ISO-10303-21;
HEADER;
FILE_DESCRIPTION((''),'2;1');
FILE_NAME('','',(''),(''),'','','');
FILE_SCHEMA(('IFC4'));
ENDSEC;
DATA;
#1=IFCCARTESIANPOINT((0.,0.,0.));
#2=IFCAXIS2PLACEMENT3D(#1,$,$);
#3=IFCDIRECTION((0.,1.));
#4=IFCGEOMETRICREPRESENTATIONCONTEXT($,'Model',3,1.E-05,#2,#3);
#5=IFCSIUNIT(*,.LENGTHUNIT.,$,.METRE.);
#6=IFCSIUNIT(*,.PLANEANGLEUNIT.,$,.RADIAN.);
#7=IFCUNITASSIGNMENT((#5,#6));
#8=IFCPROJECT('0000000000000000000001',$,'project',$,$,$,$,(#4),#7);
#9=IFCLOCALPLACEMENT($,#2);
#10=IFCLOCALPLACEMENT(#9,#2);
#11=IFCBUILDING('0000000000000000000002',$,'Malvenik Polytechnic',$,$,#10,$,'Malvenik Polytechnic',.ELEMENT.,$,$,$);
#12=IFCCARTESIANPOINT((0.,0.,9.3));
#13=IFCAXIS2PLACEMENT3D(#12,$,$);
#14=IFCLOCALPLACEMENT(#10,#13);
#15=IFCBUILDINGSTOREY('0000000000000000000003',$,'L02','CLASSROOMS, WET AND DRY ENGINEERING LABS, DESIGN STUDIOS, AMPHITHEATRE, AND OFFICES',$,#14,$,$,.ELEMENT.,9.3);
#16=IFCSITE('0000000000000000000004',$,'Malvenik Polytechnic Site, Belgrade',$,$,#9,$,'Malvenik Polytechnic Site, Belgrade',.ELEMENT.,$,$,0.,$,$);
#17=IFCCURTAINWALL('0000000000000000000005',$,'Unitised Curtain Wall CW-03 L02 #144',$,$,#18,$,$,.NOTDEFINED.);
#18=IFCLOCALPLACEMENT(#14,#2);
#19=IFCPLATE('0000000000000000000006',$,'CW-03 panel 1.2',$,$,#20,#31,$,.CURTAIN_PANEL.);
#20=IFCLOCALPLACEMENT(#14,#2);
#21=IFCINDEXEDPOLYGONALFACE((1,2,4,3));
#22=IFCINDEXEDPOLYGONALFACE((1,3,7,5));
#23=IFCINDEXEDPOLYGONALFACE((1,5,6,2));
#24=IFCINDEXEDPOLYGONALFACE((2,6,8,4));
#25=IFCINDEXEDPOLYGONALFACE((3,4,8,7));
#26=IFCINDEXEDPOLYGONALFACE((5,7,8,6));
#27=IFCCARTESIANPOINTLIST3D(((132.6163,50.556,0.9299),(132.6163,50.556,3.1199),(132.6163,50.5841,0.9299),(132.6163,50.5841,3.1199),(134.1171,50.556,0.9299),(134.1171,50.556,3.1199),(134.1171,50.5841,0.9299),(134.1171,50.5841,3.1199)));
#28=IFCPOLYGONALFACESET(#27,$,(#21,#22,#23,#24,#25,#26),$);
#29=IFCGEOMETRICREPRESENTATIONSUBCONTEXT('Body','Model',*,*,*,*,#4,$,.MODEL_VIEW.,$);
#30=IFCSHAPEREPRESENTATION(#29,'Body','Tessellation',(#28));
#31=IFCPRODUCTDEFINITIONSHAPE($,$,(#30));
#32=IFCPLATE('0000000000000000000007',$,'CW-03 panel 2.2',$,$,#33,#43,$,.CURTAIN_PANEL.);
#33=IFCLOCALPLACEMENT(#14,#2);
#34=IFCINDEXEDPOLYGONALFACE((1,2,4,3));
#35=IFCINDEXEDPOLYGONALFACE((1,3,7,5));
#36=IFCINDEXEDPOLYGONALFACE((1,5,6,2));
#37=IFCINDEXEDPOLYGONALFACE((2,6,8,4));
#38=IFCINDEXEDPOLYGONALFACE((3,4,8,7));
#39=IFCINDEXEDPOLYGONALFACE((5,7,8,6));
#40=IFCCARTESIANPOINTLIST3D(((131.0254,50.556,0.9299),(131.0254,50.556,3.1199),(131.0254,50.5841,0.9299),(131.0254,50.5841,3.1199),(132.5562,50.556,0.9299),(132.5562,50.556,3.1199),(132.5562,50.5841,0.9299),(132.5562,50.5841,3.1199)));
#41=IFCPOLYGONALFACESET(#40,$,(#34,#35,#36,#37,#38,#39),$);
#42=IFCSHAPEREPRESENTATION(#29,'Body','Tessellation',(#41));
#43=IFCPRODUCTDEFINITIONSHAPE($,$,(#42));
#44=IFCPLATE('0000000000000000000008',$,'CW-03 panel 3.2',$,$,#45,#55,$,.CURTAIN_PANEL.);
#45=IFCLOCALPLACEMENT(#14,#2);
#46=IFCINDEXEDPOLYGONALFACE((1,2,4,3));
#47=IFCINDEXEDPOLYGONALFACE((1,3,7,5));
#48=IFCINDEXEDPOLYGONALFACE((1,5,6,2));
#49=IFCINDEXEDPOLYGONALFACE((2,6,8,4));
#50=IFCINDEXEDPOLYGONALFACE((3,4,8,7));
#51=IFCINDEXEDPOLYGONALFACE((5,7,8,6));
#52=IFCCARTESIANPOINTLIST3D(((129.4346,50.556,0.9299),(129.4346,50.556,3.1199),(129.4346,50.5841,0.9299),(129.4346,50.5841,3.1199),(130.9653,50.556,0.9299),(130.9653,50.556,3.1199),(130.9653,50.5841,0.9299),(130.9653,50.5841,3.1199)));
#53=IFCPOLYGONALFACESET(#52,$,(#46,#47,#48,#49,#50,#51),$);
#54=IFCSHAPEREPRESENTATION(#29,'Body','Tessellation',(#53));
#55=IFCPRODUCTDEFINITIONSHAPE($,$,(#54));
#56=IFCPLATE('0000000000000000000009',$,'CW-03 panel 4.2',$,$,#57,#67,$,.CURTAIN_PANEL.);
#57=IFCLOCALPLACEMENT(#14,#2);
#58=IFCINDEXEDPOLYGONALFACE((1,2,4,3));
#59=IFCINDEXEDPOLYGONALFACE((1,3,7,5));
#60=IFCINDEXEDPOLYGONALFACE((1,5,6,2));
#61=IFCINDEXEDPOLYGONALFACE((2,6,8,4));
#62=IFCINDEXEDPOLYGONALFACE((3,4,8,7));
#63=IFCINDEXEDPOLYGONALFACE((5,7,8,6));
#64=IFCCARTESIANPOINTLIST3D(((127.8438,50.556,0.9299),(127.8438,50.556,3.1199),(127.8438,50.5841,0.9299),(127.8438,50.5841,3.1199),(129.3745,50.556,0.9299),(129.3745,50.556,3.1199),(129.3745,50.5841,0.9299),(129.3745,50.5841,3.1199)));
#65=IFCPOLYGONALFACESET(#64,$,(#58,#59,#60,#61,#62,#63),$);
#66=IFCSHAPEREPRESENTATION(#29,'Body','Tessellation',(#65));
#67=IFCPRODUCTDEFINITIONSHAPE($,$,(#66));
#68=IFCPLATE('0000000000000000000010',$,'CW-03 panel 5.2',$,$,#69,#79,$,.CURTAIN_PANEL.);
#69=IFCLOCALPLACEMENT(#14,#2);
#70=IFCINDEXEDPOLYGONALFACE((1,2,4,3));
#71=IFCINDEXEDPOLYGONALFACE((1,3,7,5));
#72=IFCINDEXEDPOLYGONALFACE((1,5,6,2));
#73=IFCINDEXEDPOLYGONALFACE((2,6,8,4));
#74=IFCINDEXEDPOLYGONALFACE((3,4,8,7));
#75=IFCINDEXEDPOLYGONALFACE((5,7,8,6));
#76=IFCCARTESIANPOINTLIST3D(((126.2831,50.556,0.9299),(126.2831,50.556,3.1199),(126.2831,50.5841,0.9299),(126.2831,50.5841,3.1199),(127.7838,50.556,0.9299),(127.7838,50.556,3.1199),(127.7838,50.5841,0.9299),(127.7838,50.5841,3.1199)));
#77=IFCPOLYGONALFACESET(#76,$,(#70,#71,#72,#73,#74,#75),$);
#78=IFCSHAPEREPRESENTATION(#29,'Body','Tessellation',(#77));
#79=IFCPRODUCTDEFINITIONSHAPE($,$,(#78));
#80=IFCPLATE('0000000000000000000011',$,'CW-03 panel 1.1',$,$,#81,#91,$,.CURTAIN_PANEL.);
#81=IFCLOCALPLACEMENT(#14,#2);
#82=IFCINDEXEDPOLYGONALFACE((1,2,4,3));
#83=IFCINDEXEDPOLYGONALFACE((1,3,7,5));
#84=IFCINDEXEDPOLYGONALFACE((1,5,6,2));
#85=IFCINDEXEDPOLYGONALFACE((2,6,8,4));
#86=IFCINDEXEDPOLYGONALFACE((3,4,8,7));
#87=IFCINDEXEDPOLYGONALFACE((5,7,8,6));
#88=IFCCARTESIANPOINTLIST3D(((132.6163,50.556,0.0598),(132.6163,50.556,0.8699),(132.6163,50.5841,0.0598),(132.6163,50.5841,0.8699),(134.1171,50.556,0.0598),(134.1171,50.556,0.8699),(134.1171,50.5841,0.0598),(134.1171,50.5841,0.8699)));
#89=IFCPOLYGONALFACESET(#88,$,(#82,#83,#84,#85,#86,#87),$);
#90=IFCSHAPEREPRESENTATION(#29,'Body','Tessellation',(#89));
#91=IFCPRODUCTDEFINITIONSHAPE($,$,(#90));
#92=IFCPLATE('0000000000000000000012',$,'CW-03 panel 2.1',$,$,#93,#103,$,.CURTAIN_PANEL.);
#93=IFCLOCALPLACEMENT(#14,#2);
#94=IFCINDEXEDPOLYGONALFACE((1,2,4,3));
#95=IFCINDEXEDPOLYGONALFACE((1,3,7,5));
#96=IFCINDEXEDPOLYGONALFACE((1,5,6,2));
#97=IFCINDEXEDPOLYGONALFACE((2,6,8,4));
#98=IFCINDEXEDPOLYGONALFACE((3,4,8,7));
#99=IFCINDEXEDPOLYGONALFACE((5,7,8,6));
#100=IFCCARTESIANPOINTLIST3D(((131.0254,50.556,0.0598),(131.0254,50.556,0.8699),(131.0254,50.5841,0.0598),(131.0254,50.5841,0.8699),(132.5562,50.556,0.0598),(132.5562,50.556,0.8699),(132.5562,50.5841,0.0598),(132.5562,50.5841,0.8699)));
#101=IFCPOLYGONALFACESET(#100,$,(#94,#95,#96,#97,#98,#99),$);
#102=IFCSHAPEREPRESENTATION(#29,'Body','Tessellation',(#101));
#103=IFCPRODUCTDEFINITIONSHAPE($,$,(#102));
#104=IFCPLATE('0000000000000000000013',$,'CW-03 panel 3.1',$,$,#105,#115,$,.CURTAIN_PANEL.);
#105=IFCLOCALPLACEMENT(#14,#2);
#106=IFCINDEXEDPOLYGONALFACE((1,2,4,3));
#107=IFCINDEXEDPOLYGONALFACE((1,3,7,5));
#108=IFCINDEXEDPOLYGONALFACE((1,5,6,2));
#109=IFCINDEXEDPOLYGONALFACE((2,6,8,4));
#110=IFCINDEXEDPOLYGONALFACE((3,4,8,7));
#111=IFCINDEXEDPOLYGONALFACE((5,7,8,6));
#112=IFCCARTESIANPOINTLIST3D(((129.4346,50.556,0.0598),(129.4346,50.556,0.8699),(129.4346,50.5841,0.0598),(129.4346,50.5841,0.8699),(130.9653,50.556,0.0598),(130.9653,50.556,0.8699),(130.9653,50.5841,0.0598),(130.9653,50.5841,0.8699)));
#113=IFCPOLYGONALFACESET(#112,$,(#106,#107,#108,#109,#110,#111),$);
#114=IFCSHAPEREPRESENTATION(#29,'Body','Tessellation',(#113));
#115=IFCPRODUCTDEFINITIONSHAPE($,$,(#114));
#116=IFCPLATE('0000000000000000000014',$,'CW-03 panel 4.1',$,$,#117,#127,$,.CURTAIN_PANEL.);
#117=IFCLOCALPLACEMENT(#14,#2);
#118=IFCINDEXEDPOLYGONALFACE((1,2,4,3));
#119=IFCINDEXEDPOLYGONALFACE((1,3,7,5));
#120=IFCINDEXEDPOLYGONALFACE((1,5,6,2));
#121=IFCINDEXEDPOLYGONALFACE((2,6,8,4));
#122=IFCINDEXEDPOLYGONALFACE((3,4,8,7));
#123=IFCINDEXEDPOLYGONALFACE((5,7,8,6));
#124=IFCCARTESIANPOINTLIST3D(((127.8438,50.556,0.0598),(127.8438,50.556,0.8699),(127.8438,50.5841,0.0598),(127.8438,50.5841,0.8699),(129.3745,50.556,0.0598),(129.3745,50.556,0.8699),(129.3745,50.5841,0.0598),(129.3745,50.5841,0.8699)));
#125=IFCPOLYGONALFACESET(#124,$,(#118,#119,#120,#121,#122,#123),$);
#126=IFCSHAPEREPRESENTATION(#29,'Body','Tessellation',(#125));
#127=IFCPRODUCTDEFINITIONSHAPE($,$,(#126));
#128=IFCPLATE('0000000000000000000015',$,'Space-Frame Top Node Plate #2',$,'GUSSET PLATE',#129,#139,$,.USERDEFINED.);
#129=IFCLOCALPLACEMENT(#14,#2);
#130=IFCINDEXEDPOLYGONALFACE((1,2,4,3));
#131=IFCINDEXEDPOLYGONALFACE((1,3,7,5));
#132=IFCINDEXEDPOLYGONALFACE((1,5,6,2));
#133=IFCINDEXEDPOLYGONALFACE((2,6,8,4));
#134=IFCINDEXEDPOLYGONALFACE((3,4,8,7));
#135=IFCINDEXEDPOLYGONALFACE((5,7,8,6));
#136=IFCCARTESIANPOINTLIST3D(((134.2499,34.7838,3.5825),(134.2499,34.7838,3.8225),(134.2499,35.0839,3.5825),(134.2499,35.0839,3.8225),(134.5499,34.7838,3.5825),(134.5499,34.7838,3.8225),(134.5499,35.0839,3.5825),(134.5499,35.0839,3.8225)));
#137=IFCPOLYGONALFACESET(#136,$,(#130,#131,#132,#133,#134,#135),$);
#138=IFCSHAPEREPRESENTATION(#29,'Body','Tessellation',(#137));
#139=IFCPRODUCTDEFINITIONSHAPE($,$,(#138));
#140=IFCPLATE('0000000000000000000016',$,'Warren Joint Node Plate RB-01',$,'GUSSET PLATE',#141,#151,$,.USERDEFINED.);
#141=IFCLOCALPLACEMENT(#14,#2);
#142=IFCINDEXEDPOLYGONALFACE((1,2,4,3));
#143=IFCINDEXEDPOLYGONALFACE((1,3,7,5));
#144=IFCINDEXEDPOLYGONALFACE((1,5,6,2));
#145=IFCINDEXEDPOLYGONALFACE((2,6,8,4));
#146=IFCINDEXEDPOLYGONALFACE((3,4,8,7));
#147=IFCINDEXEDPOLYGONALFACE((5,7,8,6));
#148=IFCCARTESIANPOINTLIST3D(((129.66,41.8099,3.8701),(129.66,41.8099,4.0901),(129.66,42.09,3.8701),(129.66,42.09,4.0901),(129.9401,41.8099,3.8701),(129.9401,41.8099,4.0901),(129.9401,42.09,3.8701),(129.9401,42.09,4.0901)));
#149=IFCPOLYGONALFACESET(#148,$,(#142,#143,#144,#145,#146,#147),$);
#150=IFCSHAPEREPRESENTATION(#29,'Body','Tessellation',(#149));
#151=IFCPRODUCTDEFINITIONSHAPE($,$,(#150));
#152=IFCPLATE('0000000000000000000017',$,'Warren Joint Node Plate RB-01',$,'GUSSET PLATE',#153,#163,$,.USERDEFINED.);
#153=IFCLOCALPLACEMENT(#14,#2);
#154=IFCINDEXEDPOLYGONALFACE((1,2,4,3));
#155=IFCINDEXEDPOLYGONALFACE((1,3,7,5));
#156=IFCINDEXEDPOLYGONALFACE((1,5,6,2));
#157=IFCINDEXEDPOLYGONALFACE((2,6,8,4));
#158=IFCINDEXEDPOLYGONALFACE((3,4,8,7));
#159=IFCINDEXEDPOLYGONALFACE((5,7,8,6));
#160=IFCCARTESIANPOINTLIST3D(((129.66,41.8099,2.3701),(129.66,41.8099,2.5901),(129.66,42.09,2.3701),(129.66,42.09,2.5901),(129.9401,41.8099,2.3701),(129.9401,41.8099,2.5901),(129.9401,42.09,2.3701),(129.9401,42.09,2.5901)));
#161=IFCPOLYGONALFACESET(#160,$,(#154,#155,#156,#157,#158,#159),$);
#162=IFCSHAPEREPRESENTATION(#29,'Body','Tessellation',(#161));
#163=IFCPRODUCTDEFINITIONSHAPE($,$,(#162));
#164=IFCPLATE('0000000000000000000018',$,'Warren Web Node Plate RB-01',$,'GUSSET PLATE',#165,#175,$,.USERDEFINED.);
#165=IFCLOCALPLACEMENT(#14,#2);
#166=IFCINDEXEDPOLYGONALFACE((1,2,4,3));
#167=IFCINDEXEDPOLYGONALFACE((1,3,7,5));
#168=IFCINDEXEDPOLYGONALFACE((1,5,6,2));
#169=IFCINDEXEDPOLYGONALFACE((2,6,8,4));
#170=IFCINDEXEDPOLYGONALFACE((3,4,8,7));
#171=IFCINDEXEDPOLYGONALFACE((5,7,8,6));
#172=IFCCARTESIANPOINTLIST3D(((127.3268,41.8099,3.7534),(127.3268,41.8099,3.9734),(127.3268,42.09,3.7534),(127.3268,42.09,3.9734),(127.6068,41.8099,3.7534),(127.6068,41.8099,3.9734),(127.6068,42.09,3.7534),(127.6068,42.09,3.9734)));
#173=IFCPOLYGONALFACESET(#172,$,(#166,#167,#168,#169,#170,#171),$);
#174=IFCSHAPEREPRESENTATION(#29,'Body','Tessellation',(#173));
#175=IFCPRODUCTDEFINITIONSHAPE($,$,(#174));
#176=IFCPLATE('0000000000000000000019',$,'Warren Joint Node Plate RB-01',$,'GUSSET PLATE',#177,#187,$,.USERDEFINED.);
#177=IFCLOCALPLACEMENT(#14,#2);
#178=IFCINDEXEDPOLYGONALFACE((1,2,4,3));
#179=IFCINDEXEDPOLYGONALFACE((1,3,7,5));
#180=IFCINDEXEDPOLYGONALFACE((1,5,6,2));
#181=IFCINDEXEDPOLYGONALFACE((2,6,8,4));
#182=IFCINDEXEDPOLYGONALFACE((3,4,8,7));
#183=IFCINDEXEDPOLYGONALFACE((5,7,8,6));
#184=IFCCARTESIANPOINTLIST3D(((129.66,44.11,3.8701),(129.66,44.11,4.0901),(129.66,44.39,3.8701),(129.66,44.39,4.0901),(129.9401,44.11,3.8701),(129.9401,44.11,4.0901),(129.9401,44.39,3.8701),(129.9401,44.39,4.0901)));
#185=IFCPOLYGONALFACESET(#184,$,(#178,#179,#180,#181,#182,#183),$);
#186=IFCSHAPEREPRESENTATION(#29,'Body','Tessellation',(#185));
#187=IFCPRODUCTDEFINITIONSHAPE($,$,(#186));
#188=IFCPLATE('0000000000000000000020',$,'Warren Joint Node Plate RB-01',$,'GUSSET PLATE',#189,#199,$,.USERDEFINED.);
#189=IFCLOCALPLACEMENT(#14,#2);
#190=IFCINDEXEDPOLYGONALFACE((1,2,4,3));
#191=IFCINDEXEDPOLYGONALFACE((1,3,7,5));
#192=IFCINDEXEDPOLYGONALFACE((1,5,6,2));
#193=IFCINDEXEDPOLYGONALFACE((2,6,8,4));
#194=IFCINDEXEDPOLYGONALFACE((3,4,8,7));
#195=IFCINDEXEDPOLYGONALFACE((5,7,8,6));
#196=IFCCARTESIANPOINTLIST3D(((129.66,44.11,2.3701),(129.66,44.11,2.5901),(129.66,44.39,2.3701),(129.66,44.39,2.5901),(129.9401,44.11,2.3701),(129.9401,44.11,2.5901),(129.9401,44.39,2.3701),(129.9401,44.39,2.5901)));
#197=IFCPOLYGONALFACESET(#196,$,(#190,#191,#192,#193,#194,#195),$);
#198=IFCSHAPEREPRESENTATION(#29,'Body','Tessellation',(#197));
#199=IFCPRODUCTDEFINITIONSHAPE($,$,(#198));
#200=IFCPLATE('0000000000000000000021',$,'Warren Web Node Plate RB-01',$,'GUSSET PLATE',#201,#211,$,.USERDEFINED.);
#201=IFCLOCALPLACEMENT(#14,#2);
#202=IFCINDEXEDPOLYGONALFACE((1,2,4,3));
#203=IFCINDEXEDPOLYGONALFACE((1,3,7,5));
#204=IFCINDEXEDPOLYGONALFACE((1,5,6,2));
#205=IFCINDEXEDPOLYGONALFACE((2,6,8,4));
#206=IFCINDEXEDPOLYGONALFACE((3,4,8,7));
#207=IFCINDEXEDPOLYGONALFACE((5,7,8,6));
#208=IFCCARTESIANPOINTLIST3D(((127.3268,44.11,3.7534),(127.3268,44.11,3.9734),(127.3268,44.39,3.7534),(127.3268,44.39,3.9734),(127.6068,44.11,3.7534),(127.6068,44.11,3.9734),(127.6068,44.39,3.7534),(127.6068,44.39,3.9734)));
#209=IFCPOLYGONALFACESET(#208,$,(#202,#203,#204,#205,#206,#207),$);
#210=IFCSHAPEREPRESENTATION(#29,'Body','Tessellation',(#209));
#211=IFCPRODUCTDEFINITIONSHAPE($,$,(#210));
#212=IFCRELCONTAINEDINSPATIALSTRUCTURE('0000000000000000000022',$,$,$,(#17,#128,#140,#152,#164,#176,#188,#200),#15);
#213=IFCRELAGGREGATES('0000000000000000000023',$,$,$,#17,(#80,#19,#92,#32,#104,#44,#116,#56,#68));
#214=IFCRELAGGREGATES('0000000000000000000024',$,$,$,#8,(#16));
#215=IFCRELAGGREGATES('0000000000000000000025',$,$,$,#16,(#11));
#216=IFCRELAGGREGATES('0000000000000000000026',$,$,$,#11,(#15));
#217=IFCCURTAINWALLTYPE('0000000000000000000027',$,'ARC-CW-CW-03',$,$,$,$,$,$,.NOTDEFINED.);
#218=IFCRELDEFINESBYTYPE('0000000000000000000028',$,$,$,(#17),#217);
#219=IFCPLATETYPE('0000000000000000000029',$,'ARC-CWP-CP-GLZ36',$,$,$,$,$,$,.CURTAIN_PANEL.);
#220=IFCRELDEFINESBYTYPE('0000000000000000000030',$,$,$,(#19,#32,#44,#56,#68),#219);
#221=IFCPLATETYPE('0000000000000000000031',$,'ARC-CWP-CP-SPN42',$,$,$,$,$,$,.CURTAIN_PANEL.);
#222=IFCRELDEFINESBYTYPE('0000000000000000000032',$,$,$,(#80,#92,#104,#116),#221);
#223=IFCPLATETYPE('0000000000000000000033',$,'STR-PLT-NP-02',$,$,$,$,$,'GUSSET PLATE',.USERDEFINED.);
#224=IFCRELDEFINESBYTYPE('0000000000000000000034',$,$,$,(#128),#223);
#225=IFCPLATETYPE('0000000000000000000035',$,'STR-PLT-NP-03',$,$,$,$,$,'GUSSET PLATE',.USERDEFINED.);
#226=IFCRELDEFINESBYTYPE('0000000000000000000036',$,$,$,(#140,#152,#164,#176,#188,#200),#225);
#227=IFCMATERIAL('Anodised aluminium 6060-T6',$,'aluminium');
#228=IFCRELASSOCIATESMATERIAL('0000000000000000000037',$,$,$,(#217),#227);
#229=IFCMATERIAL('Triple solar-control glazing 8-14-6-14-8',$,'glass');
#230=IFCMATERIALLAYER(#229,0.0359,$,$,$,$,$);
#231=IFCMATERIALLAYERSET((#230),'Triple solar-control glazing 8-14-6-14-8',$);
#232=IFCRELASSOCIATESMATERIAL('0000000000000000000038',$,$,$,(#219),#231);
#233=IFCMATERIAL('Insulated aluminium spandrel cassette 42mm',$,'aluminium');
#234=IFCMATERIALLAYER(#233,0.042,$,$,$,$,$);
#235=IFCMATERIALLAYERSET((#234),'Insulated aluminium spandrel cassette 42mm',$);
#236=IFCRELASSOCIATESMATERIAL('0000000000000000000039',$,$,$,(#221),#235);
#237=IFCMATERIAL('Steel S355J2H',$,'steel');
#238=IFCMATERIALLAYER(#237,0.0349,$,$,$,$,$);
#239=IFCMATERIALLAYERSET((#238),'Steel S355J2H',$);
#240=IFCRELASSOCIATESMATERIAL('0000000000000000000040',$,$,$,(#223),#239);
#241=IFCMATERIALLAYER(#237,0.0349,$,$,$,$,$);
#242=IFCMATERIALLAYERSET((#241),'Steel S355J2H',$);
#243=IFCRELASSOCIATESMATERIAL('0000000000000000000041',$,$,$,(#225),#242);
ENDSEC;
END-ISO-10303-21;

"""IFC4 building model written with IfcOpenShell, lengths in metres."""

from ifc_helpers import new_model, si_unit, direction, frame, origin, origin_2d, place, context, subcontext, project, spatial, rectangle, extrude, material, layer, layer_set, type_object, element, aggregate, save


model = new_model("IFC4")

# Units and contexts
model_context = context("Model", 3, precision=1e-05, world=origin(), true_north=direction((0.0, 1.0)))
body_context = subcontext(model_context, "Body", "Model", "MODEL_VIEW")
ifc_project = project(units=[si_unit("LENGTHUNIT", "METRE"), si_unit("PLANEANGLEUNIT", "RADIAN")], contexts=[model_context])

# Site, building, storey
site_placement = place(None, origin())
site = spatial("IfcSite", under=ifc_project, at=site_placement, Name="Malvenik Polytechnic Site, Belgrade", LongName="Malvenik Polytechnic Site, Belgrade", CompositionType="ELEMENT", RefElevation=0.0)
building_placement = place(site_placement, origin())
building = spatial("IfcBuilding", under=site, at=building_placement, Name="Malvenik Polytechnic", LongName="Malvenik Polytechnic", CompositionType="ELEMENT")
storey_placement = place(building_placement, frame((0.0, 0.0, 9.3)))
storey = spatial("IfcBuildingStorey", under=building, at=storey_placement, Name="L02", Description="CLASSROOMS, WET AND DRY ENGINEERING LABS, DESIGN STUDIOS, AMPHITHEATRE, AND OFFICES", CompositionType="ELEMENT", Elevation=9.3)

# Curtain wall
ifc_material_1 = material(Name="Anodised aluminium 6060-T6", Category="aluminium")
curtain_wall_type = type_object("IfcCurtainWallType", Name="ARC-CW-CW-03", PredefinedType="NOTDEFINED", material=ifc_material_1)
curtain_wall_placement = place(storey_placement, origin())
curtain_wall = element("IfcCurtainWall", 1, at=curtain_wall_placement, inside=storey, type_object=curtain_wall_type, Name="Unitised Curtain Wall CW-03 L02 #144", PredefinedType="NOTDEFINED")

# Shared definitions
ifc_material_2 = material(Name="Steel S355J2H", Category="steel")

# Plates
ifc_material_3 = material(Name="Triple solar-control glazing 8-14-6-14-8", Category="glass")
ifc_layer_1 = layer(ifc_material_3, 0.0359)
ifc_layer_set_1 = layer_set([ifc_layer_1], Name="Triple solar-control glazing 8-14-6-14-8")
plate_type_1 = type_object("IfcPlateType", Name="ARC-CWP-CP-GLZ36", PredefinedType="CURTAIN_PANEL", material=ifc_layer_set_1)
plate_1_placement = place(storey_placement, frame((133.3667, 50.5701, 0.9299), z_axis=(0.0, 0.0, 1.0), x_axis=(-1.0, 0.0, 0.0)))
plate_1 = element("IfcPlate", 2, at=plate_1_placement, type_object=plate_type_1, Name="CW-03 panel 1.2", PredefinedType="CURTAIN_PANEL", context=body_context, shape_type="SweptSolid", body=[
    extrude(rectangle(XDim=1.5007, YDim=0.0281, at=origin_2d()), origin(), (0.0, 0.0, 1.0), 2.1899),
])
plate_2_placement = place(storey_placement, frame((131.7908, 50.5701, 0.9299), z_axis=(0.0, 0.0, 1.0), x_axis=(-1.0, 0.0, 0.0)))
plate_2 = element("IfcPlate", 3, at=plate_2_placement, type_object=plate_type_1, Name="CW-03 panel 2.2", PredefinedType="CURTAIN_PANEL", context=body_context, shape_type="SweptSolid", body=[
    extrude(rectangle(XDim=1.5308, YDim=0.0281, at=origin_2d()), origin(), (0.0, 0.0, 1.0), 2.1899),
])
plate_3_placement = place(storey_placement, frame((130.2, 50.5701, 0.9299), z_axis=(0.0, 0.0, 1.0), x_axis=(-1.0, 0.0, 0.0)))
plate_3 = element("IfcPlate", 4, at=plate_3_placement, type_object=plate_type_1, Name="CW-03 panel 3.2", PredefinedType="CURTAIN_PANEL", context=body_context, shape_type="SweptSolid", body=[
    extrude(rectangle(XDim=1.5308, YDim=0.0281, at=origin_2d()), origin(), (0.0, 0.0, 1.0), 2.1899),
])
plate_4_placement = place(storey_placement, frame((128.6091, 50.5701, 0.9299), z_axis=(0.0, 0.0, 1.0), x_axis=(-1.0, 0.0, 0.0)))
plate_4 = element("IfcPlate", 5, at=plate_4_placement, type_object=plate_type_1, Name="CW-03 panel 4.2", PredefinedType="CURTAIN_PANEL", context=body_context, shape_type="SweptSolid", body=[
    extrude(rectangle(XDim=1.5308, YDim=0.0281, at=origin_2d()), origin(), (0.0, 0.0, 1.0), 2.1899),
])
plate_5_placement = place(storey_placement, frame((127.0334, 50.5701, 0.9299), z_axis=(0.0, 0.0, 1.0), x_axis=(-1.0, 0.0, 0.0)))
plate_5 = element("IfcPlate", 6, at=plate_5_placement, type_object=plate_type_1, Name="CW-03 panel 5.2", PredefinedType="CURTAIN_PANEL", context=body_context, shape_type="SweptSolid", body=[
    extrude(rectangle(XDim=1.5007, YDim=0.0281, at=origin_2d()), origin(), (0.0, 0.0, 1.0), 2.1899),
])
ifc_material_4 = material(Name="Insulated aluminium spandrel cassette 42mm", Category="aluminium")
ifc_layer_2 = layer(ifc_material_4, 0.042)
ifc_layer_set_2 = layer_set([ifc_layer_2], Name="Insulated aluminium spandrel cassette 42mm")
plate_type_2 = type_object("IfcPlateType", Name="ARC-CWP-CP-SPN42", PredefinedType="CURTAIN_PANEL", material=ifc_layer_set_2)
plate_6_placement = place(storey_placement, frame((133.3667, 50.5701, 0.0598), z_axis=(0.0, 0.0, 1.0), x_axis=(-1.0, 0.0, 0.0)))
plate_6 = element("IfcPlate", 7, at=plate_6_placement, type_object=plate_type_2, Name="CW-03 panel 1.1", PredefinedType="CURTAIN_PANEL", context=body_context, shape_type="SweptSolid", body=[
    extrude(rectangle(XDim=1.5007, YDim=0.0281, at=origin_2d()), origin(), (0.0, 0.0, 1.0), 0.8101),
])
plate_7_placement = place(storey_placement, frame((131.7908, 50.5701, 0.0598), z_axis=(0.0, 0.0, 1.0), x_axis=(-1.0, 0.0, 0.0)))
plate_7 = element("IfcPlate", 8, at=plate_7_placement, type_object=plate_type_2, Name="CW-03 panel 2.1", PredefinedType="CURTAIN_PANEL", context=body_context, shape_type="SweptSolid", body=[
    extrude(rectangle(XDim=1.5308, YDim=0.0281, at=origin_2d()), origin(), (0.0, 0.0, 1.0), 0.8101),
])
plate_8_placement = place(storey_placement, frame((130.2, 50.5701, 0.0598), z_axis=(0.0, 0.0, 1.0), x_axis=(-1.0, 0.0, 0.0)))
plate_8 = element("IfcPlate", 9, at=plate_8_placement, type_object=plate_type_2, Name="CW-03 panel 3.1", PredefinedType="CURTAIN_PANEL", context=body_context, shape_type="SweptSolid", body=[
    extrude(rectangle(XDim=1.5308, YDim=0.0281, at=origin_2d()), origin(), (0.0, 0.0, 1.0), 0.8101),
])
plate_9_placement = place(storey_placement, frame((128.6091, 50.5701, 0.0598), z_axis=(0.0, 0.0, 1.0), x_axis=(-1.0, 0.0, 0.0)))
plate_9 = element("IfcPlate", 10, at=plate_9_placement, type_object=plate_type_2, Name="CW-03 panel 4.1", PredefinedType="CURTAIN_PANEL", context=body_context, shape_type="SweptSolid", body=[
    extrude(rectangle(XDim=1.5308, YDim=0.0281, at=origin_2d()), origin(), (0.0, 0.0, 1.0), 0.8101),
])
aggregate(curtain_wall, [plate_6, plate_1, plate_7, plate_2, plate_8, plate_3, plate_9, plate_4, plate_5])

# Plates
ifc_layer_3 = layer(ifc_material_2, 0.0349)
ifc_layer_set_3 = layer_set([ifc_layer_3], Name="Steel S355J2H")
plate_type_3 = type_object("IfcPlateType", Name="STR-PLT-NP-02", ElementType="GUSSET PLATE", PredefinedType="USERDEFINED", material=ifc_layer_set_3)
plate_10_placement = place(storey_placement, frame((134.3999, 34.9338, 3.5825), z_axis=(0.0, 0.0, 1.0), x_axis=(1.0, 0.0, 0.0)))
element("IfcPlate", 11, at=plate_10_placement, inside=storey, type_object=plate_type_3, Name="Space-Frame Top Node Plate #2", ObjectType="GUSSET PLATE", PredefinedType="USERDEFINED", context=body_context, shape_type="SweptSolid", body=[
    extrude(rectangle(XDim=0.3, YDim=0.3, at=origin_2d()), origin(), (0.0, 0.0, 1.0), 0.24),
])
ifc_layer_4 = layer(ifc_material_2, 0.0349)
ifc_layer_set_4 = layer_set([ifc_layer_4], Name="Steel S355J2H")
plate_type_4 = type_object("IfcPlateType", Name="STR-PLT-NP-03", ElementType="GUSSET PLATE", PredefinedType="USERDEFINED", material=ifc_layer_set_4)
for number, where, z_axis, x_axis, name in (
    (12, (129.8, 41.95, 3.8701), (0.0, 0.0, 1.0), (1.0, 0.0, 0.0), "Warren Joint Node Plate RB-01"),
    (13, (129.8, 41.95, 2.3701), (0.0, 0.0, 1.0), (1.0, 0.0, 0.0), "Warren Joint Node Plate RB-01"),
    (14, (127.4668, 41.95, 3.7534), (0.0, 0.0, 1.0), (1.0, 0.0, 0.0), "Warren Web Node Plate RB-01"),
    (15, (129.8, 44.25, 3.8701), (0.0, 0.0, 1.0), (1.0, 0.0, 0.0), "Warren Joint Node Plate RB-01"),
    (16, (129.8, 44.25, 2.3701), (0.0, 0.0, 1.0), (1.0, 0.0, 0.0), "Warren Joint Node Plate RB-01"),
    (17, (127.4668, 44.25, 3.7534), (0.0, 0.0, 1.0), (1.0, 0.0, 0.0), "Warren Web Node Plate RB-01"),
):
    element("IfcPlate", number, at=place(storey_placement, frame(where, z_axis=z_axis, x_axis=x_axis)), inside=storey, type_object=plate_type_4, Name=name, ObjectType="GUSSET PLATE", PredefinedType="USERDEFINED", context=body_context, shape_type="SweptSolid", body=[
        extrude(rectangle(XDim=0.28, YDim=0.28, at=origin_2d()), origin(), (0.0, 0.0, 1.0), 0.22),
    ])

save(model, "model.ifc")
